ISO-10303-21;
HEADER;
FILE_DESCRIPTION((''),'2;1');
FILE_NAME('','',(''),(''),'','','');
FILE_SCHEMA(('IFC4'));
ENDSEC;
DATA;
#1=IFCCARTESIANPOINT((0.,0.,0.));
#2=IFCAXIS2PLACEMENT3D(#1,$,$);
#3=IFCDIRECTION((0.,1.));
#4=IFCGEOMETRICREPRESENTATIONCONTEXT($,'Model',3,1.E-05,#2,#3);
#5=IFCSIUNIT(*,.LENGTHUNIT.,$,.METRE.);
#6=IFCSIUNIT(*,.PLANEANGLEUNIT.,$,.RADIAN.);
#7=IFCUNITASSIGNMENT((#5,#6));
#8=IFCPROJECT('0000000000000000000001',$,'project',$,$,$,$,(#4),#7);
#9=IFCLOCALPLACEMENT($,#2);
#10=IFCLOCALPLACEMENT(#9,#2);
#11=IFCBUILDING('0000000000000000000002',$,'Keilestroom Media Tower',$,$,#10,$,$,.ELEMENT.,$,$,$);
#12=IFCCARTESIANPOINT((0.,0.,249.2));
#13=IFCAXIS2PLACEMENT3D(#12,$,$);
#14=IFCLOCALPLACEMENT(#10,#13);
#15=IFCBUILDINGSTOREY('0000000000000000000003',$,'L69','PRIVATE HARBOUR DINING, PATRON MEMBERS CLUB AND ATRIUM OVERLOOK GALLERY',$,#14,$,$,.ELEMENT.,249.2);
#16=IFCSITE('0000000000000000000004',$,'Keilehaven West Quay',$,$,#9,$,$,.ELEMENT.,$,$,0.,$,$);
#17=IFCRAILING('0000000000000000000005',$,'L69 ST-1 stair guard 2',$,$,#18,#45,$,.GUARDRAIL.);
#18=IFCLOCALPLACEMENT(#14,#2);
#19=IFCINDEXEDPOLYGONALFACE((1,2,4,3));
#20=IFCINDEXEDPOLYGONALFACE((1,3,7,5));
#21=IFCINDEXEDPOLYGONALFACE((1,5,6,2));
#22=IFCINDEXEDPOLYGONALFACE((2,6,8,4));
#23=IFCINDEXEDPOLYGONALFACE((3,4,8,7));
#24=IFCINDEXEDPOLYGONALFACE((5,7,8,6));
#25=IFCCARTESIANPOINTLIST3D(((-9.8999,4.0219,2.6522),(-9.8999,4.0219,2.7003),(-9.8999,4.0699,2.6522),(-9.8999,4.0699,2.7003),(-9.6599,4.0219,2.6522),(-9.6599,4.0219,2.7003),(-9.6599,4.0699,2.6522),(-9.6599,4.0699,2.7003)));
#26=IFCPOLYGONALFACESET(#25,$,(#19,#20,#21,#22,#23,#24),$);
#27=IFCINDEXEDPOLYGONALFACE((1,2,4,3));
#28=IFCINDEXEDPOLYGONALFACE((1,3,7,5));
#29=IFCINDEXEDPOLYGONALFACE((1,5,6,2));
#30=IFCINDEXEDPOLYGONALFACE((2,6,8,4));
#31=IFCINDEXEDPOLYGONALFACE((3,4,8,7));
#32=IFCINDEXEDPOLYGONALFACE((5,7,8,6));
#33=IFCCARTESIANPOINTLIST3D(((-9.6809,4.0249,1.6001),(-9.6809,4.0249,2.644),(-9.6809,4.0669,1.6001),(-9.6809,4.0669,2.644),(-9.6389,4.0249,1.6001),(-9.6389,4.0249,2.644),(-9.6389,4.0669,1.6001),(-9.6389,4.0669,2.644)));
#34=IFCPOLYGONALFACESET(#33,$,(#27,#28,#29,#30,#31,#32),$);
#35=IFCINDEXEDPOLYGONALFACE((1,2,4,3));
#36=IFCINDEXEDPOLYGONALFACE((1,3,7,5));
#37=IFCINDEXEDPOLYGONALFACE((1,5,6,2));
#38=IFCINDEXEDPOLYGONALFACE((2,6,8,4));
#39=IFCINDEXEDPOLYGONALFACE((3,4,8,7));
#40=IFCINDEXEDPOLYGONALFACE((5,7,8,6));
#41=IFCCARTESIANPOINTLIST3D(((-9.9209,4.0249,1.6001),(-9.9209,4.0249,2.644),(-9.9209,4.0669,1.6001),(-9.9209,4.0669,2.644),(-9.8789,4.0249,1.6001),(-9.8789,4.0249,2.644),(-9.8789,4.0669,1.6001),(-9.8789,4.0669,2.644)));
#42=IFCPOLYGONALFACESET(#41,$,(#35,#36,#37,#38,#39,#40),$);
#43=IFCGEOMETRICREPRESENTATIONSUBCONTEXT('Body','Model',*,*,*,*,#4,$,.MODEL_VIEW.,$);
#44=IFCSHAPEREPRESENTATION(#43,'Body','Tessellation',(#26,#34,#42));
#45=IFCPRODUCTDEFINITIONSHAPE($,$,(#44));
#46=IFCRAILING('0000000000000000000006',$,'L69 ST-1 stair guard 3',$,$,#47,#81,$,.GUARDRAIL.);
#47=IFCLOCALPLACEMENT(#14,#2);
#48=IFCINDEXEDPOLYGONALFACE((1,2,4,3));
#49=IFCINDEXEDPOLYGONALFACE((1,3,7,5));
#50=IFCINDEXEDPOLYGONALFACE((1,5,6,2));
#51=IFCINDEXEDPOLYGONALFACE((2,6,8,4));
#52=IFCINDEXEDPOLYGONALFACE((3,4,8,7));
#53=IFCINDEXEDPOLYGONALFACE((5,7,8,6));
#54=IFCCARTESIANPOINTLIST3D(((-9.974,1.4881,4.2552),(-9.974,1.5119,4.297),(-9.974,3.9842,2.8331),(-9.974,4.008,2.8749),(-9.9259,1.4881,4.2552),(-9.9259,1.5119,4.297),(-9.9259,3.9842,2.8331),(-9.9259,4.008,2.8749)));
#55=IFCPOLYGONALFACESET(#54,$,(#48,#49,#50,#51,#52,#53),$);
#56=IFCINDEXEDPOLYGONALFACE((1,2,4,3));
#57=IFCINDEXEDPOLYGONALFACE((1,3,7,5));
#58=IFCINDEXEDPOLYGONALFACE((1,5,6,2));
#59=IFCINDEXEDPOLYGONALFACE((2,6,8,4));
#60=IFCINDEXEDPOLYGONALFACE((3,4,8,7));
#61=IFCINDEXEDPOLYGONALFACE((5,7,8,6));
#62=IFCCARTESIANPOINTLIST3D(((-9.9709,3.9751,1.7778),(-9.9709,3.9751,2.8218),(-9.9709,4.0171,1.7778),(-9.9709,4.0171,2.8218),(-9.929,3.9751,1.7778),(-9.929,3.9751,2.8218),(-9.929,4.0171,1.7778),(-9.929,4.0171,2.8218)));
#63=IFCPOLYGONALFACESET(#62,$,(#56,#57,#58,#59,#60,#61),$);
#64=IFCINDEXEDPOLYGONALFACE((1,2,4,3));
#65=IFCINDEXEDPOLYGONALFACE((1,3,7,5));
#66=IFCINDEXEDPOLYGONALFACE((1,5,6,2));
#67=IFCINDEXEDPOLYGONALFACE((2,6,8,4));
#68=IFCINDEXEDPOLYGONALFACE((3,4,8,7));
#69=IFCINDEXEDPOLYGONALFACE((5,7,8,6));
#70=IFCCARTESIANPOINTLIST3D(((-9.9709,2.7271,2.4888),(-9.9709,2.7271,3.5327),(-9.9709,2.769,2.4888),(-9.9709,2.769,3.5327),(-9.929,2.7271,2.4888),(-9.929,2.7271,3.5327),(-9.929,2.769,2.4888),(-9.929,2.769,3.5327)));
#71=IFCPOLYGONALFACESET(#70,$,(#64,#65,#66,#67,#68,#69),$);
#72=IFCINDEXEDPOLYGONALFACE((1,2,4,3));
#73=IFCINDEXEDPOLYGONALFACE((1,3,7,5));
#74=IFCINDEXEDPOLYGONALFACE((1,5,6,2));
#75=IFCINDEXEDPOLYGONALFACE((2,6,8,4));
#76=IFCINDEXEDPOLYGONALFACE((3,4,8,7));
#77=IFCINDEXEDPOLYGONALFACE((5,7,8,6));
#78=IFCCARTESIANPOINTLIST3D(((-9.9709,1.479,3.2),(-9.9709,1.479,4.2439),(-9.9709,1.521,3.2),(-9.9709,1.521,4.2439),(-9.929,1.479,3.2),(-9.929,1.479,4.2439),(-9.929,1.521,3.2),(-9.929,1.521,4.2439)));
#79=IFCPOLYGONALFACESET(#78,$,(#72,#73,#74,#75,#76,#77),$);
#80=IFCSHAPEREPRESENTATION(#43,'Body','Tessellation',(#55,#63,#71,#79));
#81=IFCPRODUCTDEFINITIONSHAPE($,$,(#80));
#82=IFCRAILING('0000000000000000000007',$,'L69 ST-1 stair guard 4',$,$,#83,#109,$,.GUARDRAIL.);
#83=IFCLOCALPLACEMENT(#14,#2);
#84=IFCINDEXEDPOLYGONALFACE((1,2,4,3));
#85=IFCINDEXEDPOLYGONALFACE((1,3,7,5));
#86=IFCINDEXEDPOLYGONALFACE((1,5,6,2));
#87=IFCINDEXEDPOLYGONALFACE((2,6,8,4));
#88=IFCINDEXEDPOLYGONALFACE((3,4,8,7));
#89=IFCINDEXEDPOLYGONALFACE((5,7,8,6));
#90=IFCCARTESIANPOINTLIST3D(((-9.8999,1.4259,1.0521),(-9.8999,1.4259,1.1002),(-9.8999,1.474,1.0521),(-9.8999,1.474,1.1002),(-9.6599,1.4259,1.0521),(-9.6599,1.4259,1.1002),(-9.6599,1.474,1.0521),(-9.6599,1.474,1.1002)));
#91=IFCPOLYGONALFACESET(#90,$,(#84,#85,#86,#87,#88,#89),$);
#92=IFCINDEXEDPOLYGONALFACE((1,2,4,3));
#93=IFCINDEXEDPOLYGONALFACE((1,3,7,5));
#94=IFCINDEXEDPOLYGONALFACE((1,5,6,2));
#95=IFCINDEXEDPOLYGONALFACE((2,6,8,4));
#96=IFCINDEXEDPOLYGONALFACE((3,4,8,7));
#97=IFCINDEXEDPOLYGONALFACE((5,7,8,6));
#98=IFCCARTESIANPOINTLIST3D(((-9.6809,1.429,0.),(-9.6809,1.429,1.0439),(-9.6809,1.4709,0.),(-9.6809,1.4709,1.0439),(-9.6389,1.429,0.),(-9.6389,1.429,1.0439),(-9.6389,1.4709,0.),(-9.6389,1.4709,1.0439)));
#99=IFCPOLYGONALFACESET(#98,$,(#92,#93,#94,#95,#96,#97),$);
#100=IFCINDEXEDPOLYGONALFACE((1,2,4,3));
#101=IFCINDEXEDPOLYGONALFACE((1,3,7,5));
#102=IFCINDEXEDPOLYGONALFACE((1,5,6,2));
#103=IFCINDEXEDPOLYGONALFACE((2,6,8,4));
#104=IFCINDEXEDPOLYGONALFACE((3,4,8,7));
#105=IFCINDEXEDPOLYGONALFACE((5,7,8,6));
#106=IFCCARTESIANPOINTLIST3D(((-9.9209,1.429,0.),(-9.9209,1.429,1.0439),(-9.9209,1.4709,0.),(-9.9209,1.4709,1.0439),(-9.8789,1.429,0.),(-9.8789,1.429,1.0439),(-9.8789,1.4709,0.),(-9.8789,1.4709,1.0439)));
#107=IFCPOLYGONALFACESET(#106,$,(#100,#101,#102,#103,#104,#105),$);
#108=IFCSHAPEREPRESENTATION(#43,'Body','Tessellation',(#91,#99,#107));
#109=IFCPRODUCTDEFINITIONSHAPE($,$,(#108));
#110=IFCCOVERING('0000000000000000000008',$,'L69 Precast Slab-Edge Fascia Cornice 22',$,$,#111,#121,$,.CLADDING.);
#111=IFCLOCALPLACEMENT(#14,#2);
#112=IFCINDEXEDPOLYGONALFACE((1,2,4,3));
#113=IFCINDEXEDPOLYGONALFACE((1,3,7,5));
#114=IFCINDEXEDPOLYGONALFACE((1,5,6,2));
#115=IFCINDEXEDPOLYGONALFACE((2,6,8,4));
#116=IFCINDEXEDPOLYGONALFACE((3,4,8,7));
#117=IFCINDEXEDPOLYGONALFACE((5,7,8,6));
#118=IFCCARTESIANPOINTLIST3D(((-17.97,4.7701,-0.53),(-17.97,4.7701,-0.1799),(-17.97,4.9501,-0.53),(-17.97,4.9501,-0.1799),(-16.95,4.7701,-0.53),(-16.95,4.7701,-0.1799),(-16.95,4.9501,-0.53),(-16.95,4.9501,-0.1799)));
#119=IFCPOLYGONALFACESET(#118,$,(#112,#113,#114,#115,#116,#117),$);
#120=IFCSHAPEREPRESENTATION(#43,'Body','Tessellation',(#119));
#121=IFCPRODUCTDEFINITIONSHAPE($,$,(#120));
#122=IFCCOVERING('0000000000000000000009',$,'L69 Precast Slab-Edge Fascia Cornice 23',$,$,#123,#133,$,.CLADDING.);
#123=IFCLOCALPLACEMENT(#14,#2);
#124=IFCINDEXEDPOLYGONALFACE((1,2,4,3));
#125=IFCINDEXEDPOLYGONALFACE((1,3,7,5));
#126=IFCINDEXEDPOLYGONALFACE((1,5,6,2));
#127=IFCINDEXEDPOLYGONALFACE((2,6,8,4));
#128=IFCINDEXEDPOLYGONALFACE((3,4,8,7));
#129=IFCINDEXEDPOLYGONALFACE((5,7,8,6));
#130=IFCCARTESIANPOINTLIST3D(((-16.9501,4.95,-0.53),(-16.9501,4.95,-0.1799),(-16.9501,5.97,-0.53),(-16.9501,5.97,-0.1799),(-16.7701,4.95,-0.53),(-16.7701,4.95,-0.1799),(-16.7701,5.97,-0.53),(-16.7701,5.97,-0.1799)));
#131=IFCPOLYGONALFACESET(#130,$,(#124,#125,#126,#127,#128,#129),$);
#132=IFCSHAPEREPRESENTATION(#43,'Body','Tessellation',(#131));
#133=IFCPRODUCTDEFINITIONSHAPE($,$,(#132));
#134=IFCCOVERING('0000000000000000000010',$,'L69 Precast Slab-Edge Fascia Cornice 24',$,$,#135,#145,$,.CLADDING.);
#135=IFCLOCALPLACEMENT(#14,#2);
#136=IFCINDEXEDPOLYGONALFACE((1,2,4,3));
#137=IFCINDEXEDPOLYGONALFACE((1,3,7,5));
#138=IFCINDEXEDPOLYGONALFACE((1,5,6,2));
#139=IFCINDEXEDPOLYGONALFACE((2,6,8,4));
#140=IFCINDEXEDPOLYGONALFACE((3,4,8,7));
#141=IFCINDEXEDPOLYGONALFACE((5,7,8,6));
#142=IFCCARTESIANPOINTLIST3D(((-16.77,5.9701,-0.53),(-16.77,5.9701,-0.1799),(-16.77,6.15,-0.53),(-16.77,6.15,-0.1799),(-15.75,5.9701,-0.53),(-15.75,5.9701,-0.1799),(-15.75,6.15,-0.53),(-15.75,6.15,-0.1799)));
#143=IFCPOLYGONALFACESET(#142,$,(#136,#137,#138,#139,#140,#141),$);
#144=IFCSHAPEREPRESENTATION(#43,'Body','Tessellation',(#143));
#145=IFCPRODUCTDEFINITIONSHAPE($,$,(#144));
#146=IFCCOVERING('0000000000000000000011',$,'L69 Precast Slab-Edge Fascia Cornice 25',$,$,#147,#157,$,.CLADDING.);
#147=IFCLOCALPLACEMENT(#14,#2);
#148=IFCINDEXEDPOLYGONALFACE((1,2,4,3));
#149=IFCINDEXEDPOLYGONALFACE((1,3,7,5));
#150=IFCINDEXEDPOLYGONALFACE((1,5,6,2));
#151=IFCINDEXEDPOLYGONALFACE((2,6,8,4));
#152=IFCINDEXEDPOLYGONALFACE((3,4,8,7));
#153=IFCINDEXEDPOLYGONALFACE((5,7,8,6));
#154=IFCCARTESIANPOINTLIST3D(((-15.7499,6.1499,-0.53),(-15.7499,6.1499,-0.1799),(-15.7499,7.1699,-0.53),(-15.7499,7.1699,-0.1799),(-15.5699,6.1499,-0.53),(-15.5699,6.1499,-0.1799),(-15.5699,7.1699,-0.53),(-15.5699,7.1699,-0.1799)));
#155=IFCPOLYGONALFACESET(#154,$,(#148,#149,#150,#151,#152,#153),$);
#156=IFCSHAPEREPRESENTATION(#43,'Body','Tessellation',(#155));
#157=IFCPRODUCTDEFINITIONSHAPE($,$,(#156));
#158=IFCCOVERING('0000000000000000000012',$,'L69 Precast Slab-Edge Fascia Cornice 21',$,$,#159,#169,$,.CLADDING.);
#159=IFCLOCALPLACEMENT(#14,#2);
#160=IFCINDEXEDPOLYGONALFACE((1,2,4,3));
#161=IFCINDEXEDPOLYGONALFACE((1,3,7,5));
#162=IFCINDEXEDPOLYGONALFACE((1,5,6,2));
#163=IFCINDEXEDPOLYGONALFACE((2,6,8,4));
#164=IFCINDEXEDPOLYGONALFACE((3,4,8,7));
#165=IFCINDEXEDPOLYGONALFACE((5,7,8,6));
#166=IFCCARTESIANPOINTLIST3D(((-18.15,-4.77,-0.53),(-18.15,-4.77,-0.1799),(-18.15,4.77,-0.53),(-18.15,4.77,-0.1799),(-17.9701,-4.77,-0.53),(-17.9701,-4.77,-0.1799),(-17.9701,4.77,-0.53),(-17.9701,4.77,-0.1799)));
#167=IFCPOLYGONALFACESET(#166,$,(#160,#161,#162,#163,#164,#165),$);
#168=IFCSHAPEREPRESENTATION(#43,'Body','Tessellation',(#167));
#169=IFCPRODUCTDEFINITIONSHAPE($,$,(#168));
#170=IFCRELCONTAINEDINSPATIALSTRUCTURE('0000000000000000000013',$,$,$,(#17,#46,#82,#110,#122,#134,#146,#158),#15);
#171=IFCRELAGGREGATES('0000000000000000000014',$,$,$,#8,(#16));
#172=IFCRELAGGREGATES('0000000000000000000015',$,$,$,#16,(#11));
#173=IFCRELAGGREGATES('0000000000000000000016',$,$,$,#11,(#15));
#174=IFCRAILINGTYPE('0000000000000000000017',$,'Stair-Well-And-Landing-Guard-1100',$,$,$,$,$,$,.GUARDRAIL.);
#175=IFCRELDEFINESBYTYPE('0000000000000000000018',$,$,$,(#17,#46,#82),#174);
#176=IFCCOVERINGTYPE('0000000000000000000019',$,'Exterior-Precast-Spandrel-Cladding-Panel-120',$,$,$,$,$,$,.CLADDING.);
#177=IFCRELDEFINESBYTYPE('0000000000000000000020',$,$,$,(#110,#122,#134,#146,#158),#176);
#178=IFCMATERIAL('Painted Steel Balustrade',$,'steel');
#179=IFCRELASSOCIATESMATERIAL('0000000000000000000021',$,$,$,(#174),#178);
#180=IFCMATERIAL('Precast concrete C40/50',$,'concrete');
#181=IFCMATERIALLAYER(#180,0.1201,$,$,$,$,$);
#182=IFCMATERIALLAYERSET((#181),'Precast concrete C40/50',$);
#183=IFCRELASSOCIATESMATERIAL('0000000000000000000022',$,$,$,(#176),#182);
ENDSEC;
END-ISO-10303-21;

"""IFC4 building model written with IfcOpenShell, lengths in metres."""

from ifc_helpers import new_model, si_unit, direction, frame, origin, origin_2d, place, context, subcontext, project, spatial, rectangle, extrude, source, transform, mapped, material, layer, layer_set, type_object, element, save


model = new_model("IFC4")

# Units and contexts
model_context = context("Model", 3, precision=1e-05, world=origin(), true_north=direction((0.0, 1.0)))
body_context = subcontext(model_context, "Body", "Model", "MODEL_VIEW")
ifc_project = project(units=[si_unit("LENGTHUNIT", "METRE"), si_unit("PLANEANGLEUNIT", "RADIAN")], contexts=[model_context])

# Site, building, storey
site_placement = place(None, origin())
site = spatial("IfcSite", under=ifc_project, at=site_placement, Name="Keilehaven West Quay", CompositionType="ELEMENT", RefElevation=0.0)
building_placement = place(site_placement, origin())
building = spatial("IfcBuilding", under=site, at=building_placement, Name="Keilestroom Media Tower", CompositionType="ELEMENT")
storey_placement = place(building_placement, frame((0.0, 0.0, 249.2)))
storey = spatial("IfcBuildingStorey", under=building, at=storey_placement, Name="L69", Description="PRIVATE HARBOUR DINING, PATRON MEMBERS CLUB AND ATRIUM OVERLOOK GALLERY", CompositionType="ELEMENT", Elevation=249.2)

# Shared definitions
ifc_material_1 = material(Name="Precast concrete C40/50", Category="concrete")

# Railings
ifc_material_2 = material(Name="Painted Steel Balustrade", Category="steel")
railing_type_1 = type_object("IfcRailingType", Name="Stair-Well-And-Landing-Guard-1100", PredefinedType="GUARDRAIL", material=ifc_material_2)
railing_1_placement = place(storey_placement, frame((-9.6599, 4.0459, 1.6001)))
element("IfcRailing", 1, at=railing_1_placement, inside=storey, type_object=railing_type_1, Name="L69 ST-1 stair guard 2", PredefinedType="GUARDRAIL", context=body_context, shape_type="SweptSolid", body=[
    extrude(rectangle(XDim=0.0481, YDim=0.0481, at=origin_2d()), frame((0.0, 0.0, 1.0762), z_axis=(-1.0, 0.0, 0.0), x_axis=(0.0, -1.0, 0.0)), (0.0, 0.0, 1.0), 0.24),
    extrude(rectangle(XDim=0.042, YDim=0.042, at=origin_2d()), origin(), (0.0, 0.0, 1.0), 1.0439),
    extrude(rectangle(XDim=0.042, YDim=0.042, at=origin_2d()), frame((-0.24, 0.0, 0.0)), (0.0, 0.0, 1.0), 1.0439),
])
railing_2_placement = place(storey_placement, frame((-9.95, 3.9961, 1.7778)))
element("IfcRailing", 2, at=railing_2_placement, inside=storey, type_object=railing_type_1, Name="L69 ST-1 stair guard 3", PredefinedType="GUARDRAIL", context=body_context, shape_type="SweptSolid", body=[
    extrude(rectangle(XDim=0.0481, YDim=0.0481, at=origin_2d()), frame((0.0, 0.0, 1.0762), z_axis=(0.0, -0.868875, 0.495031), x_axis=(1.0, 0.0, 0.0)), (0.0, 0.0, 1.0), 2.8728),
    extrude(rectangle(XDim=0.042, YDim=0.042, at=origin_2d()), origin(), (0.0, 0.0, 1.0), 1.0439),
    extrude(rectangle(XDim=0.042, YDim=0.042, at=origin_2d()), frame((0.0, -1.248, 0.7109)), (0.0, 0.0, 1.0), 1.0439),
    extrude(rectangle(XDim=0.042, YDim=0.042, at=origin_2d()), frame((0.0, -2.4961, 1.4221)), (0.0, 0.0, 1.0), 1.0439),
])
railing_3_placement = place(storey_placement, frame((-9.6599, 1.45, 0.0)))
element("IfcRailing", 3, at=railing_3_placement, inside=storey, type_object=railing_type_1, Name="L69 ST-1 stair guard 4", PredefinedType="GUARDRAIL", context=body_context, shape_type="SweptSolid", body=[
    extrude(rectangle(XDim=0.0481, YDim=0.0481, at=origin_2d()), frame((0.0, 0.0, 1.0762), z_axis=(-1.0, 0.0, 0.0), x_axis=(0.0, -1.0, 0.0)), (0.0, 0.0, 1.0), 0.24),
    extrude(rectangle(XDim=0.042, YDim=0.042, at=origin_2d()), origin(), (0.0, 0.0, 1.0), 1.0439),
    extrude(rectangle(XDim=0.042, YDim=0.042, at=origin_2d()), frame((-0.24, 0.0, 0.0)), (0.0, 0.0, 1.0), 1.0439),
])

# Coverings
ifc_layer_1 = layer(ifc_material_1, 0.1201)
ifc_layer_set_1 = layer_set([ifc_layer_1], Name="Precast concrete C40/50")
covering_type = type_object("IfcCoveringType", Name="Exterior-Precast-Spandrel-Cladding-Panel-120", PredefinedType="CLADDING", material=ifc_layer_set_1)
shared_shape_1 = source(origin(), body_context, "Body", "SweptSolid", [
    extrude(rectangle(XDim=1.02, YDim=0.1799, at=origin_2d()), origin(), (0.0, 0.0, 1.0), 0.3501),
])
for number, where, z_axis, x_axis, name in (
    (4, (-17.46, 4.8601, -0.53), (0.0, 0.0, 1.0), (1.0, 0.0, 0.0), "L69 Precast Slab-Edge Fascia Cornice 22"),
    (5, (-16.8601, 5.46, -0.53), (0.0, 0.0, 1.0), (0.0, 1.0, 0.0), "L69 Precast Slab-Edge Fascia Cornice 23"),
    (6, (-16.26, 6.0601, -0.53), (0.0, 0.0, 1.0), (1.0, 0.0, 0.0), "L69 Precast Slab-Edge Fascia Cornice 24"),
    (7, (-15.6599, 6.6599, -0.53), (0.0, 0.0, 1.0), (0.0, 1.0, 0.0), "L69 Precast Slab-Edge Fascia Cornice 25"),
):
    element("IfcCovering", number, at=place(storey_placement, frame(where, z_axis=z_axis, x_axis=x_axis)), inside=storey, type_object=covering_type, Name=name, PredefinedType="CLADDING", context=body_context, shape_type="MappedRepresentation", body=[
        mapped(shared_shape_1, transform((0.0, 0.0, 0.0), x_axis=(1.0, 0.0, 0.0), y_axis=(0.0, 1.0, 0.0), z_axis=(0.0, 0.0, 1.0), scale=1.0)),
    ])
shared_shape_2 = source(origin(), body_context, "Body", "SweptSolid", [
    extrude(rectangle(XDim=9.54, YDim=0.1799, at=origin_2d()), origin(), (0.0, 0.0, 1.0), 0.3501),
])
covering_placement = place(storey_placement, frame((-18.0601, 0.0, -0.53), z_axis=(0.0, 0.0, 1.0), x_axis=(0.0, 1.0, 0.0)))
element("IfcCovering", 8, at=covering_placement, inside=storey, type_object=covering_type, Name="L69 Precast Slab-Edge Fascia Cornice 21", PredefinedType="CLADDING", context=body_context, shape_type="MappedRepresentation", body=[
    mapped(shared_shape_2, transform((0.0, 0.0, 0.0), x_axis=(1.0, 0.0, 0.0), y_axis=(0.0, 1.0, 0.0), z_axis=(0.0, 0.0, 1.0), scale=1.0)),
])

save(model, "model.ifc")
